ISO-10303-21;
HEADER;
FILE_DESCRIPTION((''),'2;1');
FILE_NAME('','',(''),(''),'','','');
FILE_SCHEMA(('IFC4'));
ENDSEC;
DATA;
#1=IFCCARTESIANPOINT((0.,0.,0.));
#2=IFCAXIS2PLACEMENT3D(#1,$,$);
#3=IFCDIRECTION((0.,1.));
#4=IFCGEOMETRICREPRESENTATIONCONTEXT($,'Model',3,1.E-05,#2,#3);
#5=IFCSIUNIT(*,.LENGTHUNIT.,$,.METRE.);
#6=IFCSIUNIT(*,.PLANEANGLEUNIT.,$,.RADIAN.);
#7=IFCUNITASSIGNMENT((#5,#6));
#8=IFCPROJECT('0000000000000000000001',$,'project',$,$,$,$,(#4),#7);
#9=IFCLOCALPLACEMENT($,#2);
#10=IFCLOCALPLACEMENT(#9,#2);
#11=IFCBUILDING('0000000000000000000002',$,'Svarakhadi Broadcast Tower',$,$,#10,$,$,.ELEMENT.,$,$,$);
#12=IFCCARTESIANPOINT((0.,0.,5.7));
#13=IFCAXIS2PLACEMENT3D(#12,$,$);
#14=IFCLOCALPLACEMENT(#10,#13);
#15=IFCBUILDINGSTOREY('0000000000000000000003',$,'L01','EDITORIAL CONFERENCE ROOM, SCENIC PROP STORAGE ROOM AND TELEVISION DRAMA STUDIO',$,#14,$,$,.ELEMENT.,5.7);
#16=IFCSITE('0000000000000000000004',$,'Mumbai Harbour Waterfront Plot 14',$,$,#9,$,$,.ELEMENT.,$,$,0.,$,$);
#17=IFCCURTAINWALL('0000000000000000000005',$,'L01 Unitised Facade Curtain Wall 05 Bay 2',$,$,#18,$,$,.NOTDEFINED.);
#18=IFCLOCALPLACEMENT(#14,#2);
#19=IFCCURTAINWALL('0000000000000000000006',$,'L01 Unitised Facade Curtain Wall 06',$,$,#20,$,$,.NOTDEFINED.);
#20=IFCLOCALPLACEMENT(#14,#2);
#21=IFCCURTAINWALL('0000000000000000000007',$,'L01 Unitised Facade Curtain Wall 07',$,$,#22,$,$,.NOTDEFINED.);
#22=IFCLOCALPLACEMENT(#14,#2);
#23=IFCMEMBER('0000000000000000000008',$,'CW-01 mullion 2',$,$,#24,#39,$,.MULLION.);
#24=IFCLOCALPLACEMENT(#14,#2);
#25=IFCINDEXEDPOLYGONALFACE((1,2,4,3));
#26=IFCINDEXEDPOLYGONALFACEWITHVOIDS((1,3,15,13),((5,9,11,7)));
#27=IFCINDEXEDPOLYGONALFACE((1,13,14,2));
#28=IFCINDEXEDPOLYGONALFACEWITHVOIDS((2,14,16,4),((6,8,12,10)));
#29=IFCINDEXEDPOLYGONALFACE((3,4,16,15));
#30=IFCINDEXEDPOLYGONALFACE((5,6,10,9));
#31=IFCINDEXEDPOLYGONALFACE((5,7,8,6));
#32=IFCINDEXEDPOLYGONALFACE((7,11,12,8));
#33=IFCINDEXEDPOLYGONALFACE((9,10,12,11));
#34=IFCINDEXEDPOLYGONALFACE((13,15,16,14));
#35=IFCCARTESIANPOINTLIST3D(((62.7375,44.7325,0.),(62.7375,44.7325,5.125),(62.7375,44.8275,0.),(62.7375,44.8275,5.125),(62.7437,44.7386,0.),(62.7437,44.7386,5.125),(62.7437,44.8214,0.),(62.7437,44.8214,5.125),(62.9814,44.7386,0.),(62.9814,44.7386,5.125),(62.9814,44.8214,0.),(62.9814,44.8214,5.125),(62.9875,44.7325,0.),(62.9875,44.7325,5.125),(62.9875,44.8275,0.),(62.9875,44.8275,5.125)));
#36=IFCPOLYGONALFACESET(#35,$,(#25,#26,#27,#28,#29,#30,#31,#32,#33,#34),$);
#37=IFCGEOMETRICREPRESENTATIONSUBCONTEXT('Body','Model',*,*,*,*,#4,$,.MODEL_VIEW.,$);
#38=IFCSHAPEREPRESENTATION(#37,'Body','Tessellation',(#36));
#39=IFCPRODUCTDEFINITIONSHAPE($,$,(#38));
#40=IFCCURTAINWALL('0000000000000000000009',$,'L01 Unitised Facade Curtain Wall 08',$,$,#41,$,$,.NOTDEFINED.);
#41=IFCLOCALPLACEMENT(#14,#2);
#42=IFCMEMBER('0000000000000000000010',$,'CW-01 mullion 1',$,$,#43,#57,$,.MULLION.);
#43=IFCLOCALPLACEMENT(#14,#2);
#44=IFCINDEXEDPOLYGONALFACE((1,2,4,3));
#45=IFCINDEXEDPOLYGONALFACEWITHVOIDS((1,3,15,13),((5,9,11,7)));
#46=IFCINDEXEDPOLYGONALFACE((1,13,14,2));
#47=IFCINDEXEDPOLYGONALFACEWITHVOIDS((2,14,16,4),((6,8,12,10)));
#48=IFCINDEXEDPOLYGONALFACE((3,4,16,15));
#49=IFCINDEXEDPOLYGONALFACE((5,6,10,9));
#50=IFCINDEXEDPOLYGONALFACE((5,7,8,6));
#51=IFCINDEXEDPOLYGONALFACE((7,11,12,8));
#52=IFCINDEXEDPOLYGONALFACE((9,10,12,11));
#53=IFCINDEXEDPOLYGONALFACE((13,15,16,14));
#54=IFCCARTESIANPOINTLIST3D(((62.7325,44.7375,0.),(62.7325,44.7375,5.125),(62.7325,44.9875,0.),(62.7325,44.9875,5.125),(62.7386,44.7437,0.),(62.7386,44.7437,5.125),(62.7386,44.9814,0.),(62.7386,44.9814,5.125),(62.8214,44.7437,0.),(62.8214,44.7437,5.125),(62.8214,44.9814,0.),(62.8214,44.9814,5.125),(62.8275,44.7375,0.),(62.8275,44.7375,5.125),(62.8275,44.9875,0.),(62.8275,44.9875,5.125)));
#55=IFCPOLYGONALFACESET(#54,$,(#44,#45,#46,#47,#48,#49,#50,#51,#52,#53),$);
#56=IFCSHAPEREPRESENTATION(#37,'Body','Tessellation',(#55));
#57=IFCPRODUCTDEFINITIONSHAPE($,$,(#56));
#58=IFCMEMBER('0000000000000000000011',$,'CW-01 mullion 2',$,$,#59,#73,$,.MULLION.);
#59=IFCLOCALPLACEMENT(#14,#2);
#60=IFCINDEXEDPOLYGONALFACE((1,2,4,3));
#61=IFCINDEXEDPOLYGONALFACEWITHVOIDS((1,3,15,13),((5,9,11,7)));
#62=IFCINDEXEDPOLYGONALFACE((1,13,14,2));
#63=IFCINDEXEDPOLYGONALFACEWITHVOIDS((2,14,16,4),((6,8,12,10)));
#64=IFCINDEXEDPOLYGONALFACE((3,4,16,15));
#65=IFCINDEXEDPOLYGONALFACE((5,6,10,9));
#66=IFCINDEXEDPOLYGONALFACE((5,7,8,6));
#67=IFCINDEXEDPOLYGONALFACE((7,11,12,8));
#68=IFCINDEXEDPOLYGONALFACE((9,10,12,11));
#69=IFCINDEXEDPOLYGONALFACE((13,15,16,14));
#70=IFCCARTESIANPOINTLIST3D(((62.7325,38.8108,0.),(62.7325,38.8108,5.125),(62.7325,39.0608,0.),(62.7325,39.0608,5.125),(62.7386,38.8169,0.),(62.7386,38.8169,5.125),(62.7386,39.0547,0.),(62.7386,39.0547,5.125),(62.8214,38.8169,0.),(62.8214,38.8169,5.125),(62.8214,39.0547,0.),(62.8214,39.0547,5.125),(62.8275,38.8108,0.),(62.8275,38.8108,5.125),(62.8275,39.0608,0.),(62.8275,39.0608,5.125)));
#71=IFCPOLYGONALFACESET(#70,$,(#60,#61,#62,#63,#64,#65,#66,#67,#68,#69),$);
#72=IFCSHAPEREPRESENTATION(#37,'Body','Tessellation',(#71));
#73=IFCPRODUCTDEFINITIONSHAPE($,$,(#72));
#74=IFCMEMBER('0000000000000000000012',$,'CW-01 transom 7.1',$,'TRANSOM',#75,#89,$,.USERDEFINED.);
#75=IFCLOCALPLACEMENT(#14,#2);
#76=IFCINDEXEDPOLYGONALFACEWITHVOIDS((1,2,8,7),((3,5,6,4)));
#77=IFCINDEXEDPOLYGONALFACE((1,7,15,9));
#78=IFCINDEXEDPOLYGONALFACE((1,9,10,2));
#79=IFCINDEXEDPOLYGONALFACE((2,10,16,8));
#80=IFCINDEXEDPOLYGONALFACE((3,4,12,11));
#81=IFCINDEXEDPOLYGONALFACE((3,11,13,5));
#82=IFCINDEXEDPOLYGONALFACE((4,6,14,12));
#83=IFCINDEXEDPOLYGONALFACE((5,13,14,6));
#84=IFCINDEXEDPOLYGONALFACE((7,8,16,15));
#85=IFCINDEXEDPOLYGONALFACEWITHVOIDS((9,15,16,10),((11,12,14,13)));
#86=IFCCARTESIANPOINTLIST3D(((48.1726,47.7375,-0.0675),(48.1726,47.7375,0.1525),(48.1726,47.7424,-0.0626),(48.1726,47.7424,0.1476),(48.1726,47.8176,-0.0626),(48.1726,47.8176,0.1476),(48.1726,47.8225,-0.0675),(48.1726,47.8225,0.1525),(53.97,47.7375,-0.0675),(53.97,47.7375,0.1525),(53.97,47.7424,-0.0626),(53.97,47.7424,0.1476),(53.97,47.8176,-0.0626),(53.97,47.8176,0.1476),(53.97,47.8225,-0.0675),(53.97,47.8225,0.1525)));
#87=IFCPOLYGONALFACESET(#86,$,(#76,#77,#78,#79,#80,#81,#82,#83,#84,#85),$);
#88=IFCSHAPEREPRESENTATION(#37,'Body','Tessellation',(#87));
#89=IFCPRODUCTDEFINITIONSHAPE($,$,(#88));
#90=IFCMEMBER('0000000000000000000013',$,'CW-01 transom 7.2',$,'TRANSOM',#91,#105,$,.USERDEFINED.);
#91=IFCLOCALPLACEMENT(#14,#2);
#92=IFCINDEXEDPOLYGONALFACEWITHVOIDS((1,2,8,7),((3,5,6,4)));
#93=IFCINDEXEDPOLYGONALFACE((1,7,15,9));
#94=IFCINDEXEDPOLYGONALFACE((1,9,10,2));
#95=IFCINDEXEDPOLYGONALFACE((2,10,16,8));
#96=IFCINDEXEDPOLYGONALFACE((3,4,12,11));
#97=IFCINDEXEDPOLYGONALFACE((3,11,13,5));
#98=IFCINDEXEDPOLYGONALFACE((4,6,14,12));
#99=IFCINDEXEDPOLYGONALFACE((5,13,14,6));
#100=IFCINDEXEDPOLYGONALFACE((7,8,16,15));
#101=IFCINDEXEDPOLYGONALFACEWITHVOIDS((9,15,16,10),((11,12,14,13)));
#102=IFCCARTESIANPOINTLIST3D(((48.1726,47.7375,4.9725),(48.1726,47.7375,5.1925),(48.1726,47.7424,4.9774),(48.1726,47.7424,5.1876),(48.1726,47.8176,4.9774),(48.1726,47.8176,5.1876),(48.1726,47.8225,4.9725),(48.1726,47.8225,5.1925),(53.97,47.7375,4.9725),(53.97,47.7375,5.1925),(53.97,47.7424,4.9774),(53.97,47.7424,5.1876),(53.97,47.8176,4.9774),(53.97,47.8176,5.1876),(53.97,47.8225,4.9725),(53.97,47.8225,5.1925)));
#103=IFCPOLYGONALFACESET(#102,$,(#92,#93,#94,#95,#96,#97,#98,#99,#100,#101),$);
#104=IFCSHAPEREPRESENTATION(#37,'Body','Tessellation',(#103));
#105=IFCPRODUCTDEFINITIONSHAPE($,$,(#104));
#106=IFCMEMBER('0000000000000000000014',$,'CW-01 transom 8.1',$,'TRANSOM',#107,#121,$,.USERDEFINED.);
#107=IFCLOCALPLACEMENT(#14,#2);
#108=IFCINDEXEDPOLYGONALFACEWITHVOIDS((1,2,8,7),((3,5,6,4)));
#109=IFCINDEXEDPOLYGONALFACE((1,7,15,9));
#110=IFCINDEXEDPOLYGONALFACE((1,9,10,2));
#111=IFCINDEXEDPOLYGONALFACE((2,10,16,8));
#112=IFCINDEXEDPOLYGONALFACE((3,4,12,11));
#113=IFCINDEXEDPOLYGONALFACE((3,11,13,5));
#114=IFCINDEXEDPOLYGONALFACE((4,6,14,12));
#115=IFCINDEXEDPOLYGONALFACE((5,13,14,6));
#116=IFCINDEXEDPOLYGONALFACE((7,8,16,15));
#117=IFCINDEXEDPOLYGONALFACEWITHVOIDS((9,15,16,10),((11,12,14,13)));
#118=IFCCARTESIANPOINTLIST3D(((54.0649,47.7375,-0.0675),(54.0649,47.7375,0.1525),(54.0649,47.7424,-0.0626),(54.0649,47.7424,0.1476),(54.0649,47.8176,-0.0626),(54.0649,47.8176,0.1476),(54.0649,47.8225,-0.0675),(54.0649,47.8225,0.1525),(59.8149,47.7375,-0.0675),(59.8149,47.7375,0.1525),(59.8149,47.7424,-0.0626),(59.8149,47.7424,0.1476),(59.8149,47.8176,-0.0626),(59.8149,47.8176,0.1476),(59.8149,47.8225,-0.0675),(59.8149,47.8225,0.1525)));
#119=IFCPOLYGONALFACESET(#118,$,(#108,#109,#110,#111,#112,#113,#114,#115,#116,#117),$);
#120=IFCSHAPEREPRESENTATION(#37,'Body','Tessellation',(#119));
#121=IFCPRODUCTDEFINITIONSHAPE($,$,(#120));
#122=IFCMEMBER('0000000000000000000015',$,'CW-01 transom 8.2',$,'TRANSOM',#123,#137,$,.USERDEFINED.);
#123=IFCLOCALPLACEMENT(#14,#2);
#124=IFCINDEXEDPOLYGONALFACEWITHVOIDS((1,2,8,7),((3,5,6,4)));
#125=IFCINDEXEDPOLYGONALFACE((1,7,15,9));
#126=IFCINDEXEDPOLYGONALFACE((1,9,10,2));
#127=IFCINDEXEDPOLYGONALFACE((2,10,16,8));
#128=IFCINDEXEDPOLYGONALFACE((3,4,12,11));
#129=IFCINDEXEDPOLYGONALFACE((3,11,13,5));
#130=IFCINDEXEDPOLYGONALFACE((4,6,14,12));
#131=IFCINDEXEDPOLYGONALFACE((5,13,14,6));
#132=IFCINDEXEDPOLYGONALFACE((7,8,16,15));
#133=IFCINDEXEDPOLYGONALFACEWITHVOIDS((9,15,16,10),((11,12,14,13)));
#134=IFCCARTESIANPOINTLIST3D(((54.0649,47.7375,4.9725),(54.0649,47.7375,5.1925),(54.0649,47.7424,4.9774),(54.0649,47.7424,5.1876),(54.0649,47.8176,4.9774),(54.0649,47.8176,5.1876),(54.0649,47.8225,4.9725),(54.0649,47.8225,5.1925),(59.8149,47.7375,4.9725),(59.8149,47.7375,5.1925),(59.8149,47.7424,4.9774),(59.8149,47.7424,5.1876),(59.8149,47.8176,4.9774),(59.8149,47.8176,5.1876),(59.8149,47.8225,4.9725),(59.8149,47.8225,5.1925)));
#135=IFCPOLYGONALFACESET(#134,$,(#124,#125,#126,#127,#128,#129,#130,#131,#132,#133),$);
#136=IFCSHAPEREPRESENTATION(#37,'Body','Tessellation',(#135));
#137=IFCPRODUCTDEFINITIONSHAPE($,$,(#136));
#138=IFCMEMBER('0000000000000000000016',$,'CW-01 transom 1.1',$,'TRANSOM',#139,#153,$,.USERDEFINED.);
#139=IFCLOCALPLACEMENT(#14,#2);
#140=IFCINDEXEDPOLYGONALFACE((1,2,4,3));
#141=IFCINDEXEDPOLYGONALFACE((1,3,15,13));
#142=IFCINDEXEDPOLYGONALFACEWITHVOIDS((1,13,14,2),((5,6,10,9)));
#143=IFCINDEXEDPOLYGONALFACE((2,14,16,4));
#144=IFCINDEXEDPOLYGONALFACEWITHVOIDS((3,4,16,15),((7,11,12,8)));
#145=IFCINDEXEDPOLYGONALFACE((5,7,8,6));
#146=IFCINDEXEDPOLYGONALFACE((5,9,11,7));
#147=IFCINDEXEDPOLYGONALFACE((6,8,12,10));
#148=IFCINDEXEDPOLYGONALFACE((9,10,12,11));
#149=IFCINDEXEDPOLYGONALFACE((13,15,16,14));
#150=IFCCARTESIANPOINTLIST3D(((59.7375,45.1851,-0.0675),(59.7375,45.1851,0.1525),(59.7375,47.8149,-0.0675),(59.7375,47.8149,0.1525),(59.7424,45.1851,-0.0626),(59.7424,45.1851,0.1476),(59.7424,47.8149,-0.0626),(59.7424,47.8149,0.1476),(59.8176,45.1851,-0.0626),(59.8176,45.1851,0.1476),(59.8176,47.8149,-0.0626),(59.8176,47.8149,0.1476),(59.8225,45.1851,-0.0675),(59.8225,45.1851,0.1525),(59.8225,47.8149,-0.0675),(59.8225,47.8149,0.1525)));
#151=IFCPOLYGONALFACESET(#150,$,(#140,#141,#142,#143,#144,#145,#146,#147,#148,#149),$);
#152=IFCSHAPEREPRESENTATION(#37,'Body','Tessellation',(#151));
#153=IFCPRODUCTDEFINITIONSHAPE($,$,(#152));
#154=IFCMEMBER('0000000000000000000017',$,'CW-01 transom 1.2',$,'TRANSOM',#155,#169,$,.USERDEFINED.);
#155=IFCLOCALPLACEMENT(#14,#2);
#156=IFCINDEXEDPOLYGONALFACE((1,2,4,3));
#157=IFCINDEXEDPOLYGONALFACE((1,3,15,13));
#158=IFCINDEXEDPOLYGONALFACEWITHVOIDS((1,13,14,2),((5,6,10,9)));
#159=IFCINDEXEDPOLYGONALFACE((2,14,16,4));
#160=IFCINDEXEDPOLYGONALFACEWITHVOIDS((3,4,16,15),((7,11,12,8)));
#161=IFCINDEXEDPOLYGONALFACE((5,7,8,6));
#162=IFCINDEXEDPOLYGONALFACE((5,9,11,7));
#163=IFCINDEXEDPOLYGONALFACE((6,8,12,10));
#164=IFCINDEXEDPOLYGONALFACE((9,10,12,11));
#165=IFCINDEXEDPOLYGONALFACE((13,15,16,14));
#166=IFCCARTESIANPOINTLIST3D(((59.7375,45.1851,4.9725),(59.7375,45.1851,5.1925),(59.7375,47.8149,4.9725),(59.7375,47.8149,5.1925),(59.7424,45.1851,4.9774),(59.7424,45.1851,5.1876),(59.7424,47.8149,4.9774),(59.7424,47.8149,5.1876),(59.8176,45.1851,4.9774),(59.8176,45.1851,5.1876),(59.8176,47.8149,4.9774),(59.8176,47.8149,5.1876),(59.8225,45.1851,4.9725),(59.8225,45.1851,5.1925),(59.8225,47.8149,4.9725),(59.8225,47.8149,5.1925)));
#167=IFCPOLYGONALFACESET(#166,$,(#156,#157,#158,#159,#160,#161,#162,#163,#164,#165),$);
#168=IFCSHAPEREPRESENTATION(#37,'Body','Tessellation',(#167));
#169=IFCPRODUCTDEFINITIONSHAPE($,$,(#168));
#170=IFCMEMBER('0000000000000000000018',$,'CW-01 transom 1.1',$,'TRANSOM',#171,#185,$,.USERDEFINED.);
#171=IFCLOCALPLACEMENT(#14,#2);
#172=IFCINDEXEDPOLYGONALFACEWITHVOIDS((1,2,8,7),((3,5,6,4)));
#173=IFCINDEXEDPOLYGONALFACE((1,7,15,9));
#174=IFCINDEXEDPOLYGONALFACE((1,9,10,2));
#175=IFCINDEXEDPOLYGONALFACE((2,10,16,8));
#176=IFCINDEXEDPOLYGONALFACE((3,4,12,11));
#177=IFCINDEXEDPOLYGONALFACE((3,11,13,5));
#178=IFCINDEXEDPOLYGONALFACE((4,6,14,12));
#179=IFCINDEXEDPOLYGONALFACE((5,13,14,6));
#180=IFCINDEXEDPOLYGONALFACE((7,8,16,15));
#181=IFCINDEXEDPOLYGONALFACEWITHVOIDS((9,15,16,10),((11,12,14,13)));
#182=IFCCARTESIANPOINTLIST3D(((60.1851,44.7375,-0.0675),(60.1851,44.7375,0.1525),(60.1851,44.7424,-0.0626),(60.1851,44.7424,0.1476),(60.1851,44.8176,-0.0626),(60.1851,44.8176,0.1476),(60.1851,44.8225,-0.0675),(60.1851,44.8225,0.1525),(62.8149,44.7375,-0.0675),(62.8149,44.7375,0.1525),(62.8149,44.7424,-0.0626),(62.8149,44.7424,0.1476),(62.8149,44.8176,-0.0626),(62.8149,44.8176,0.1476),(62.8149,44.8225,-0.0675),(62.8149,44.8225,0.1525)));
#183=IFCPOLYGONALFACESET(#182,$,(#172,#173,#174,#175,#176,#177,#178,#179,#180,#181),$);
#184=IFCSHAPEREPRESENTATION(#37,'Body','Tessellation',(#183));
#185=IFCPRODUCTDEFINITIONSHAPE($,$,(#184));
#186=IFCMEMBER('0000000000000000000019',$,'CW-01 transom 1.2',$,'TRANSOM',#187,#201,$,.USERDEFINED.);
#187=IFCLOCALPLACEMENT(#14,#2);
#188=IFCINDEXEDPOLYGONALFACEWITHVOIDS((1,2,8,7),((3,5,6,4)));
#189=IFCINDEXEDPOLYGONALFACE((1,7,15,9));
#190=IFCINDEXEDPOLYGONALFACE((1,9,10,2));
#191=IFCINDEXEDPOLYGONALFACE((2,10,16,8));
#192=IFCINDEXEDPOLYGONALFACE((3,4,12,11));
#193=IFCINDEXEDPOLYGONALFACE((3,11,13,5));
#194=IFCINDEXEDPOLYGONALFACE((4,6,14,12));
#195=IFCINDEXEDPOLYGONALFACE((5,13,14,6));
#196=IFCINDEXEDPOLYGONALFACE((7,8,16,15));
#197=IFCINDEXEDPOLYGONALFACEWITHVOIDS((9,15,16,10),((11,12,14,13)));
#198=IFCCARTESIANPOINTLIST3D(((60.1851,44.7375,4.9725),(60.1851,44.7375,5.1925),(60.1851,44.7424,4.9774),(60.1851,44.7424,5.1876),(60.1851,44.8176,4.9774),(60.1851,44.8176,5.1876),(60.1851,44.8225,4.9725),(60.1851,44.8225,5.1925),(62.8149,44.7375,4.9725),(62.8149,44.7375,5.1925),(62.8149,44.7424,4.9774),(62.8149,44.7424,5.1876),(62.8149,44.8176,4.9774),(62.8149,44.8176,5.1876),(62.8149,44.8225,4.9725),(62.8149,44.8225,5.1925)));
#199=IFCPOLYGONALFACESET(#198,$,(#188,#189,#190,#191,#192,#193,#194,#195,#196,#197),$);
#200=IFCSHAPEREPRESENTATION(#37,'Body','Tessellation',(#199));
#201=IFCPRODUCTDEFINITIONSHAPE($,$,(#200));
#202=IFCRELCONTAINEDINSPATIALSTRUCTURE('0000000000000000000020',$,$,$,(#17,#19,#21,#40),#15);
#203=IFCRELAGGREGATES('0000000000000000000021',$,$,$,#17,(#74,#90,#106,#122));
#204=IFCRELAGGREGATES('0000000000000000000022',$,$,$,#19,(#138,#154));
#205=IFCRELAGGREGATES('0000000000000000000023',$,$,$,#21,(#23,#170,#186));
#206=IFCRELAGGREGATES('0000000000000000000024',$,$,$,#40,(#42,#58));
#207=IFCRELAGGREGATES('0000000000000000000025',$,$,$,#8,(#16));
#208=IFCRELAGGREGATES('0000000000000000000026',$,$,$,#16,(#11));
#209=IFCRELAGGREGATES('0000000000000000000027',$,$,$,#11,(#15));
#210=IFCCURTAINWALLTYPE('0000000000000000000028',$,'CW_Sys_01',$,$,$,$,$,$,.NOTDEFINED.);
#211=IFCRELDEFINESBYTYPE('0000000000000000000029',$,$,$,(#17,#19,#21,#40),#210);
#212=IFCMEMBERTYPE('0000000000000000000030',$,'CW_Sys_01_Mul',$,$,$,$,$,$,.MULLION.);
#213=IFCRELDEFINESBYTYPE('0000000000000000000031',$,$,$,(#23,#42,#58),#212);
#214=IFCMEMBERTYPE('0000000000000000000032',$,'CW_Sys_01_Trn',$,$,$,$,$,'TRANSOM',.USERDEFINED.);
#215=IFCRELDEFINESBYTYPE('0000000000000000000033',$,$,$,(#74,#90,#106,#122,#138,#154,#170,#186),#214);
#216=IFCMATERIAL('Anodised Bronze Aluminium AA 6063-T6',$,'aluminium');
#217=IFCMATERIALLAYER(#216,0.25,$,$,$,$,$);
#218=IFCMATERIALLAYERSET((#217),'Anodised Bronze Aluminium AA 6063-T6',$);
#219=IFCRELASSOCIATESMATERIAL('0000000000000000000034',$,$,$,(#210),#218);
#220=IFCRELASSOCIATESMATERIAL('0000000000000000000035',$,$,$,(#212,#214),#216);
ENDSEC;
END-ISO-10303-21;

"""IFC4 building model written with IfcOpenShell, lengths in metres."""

from ifc_helpers import new_model, si_unit, direction, frame, origin, origin_2d, place, context, subcontext, project, spatial, hollow_rectangle, extrude, material, layer, layer_set, material_profile, profile_set, type_object, element, aggregate, save


model = new_model("IFC4")

# Units and contexts
model_context = context("Model", 3, precision=1e-05, world=origin(), true_north=direction((0.0, 1.0)))
body_context = subcontext(model_context, "Body", "Model", "MODEL_VIEW")
ifc_project = project(units=[si_unit("LENGTHUNIT", "METRE"), si_unit("PLANEANGLEUNIT", "RADIAN")], contexts=[model_context])

# Site, building, storey
site_placement = place(None, origin())
site = spatial("IfcSite", under=ifc_project, at=site_placement, Name="Mumbai Harbour Waterfront Plot 14", CompositionType="ELEMENT", RefElevation=0.0)
building_placement = place(site_placement, origin())
building = spatial("IfcBuilding", under=site, at=building_placement, Name="Svarakhadi Broadcast Tower", CompositionType="ELEMENT")
storey_placement = place(building_placement, frame((0.0, 0.0, 5.7)))
storey = spatial("IfcBuildingStorey", under=building, at=storey_placement, Name="L01", Description="EDITORIAL CONFERENCE ROOM, SCENIC PROP STORAGE ROOM AND TELEVISION DRAMA STUDIO", CompositionType="ELEMENT", Elevation=5.7)

# Curtain walls, members
ifc_material_1 = material(Name="Anodised Bronze Aluminium AA 6063-T6", Category="aluminium")
ifc_layer_1 = layer(ifc_material_1, 0.25)
ifc_layer_set_1 = layer_set([ifc_layer_1], Name="Anodised Bronze Aluminium AA 6063-T6")
curtain_wall_type = type_object("IfcCurtainWallType", Name="CW_Sys_01", PredefinedType="NOTDEFINED", material=ifc_layer_set_1)
curtain_wall_1_placement = place(storey_placement, origin())
curtain_wall_1 = element("IfcCurtainWall", 1, at=curtain_wall_1_placement, inside=storey, type_object=curtain_wall_type, Name="L01 Unitised Facade Curtain Wall 05 Bay 2", PredefinedType="NOTDEFINED")
ifc_material_profile_1 = material_profile(ifc_material_1, hollow_rectangle(XDim=0.095, YDim=0.25, WallThickness=0.0061, at=origin_2d()), Name="ALU MULLION 250x95x6")
ifc_profile_set_1 = profile_set([ifc_material_profile_1], Name="Anodised Bronze Aluminium AA 6063-T6")
member_type_1 = type_object("IfcMemberType", Name="CW_Sys_01_Mul", PredefinedType="MULLION", material=ifc_profile_set_1)
curtain_wall_2_placement = place(storey_placement, origin())
curtain_wall_2 = element("IfcCurtainWall", 2, at=curtain_wall_2_placement, inside=storey, type_object=curtain_wall_type, Name="L01 Unitised Facade Curtain Wall 06", PredefinedType="NOTDEFINED")
curtain_wall_3_placement = place(storey_placement, origin())
curtain_wall_3 = element("IfcCurtainWall", 3, at=curtain_wall_3_placement, inside=storey, type_object=curtain_wall_type, Name="L01 Unitised Facade Curtain Wall 07", PredefinedType="NOTDEFINED")
member_1_placement = place(storey_placement, frame((62.8625, 44.78, 0.0), z_axis=(0.0, 0.0, 1.0), x_axis=(0.0, 1.0, 0.0)))
member_1 = element("IfcMember", 4, at=member_1_placement, type_object=member_type_1, Name="CW-01 mullion 2", PredefinedType="MULLION", context=body_context, shape_type="SweptSolid", body=[
    extrude(hollow_rectangle(XDim=0.095, YDim=0.25, WallThickness=0.0061, at=origin_2d()), origin(), (0.0, 0.0, 1.0), 5.125),
])
curtain_wall_4_placement = place(storey_placement, origin())
curtain_wall_4 = element("IfcCurtainWall", 5, at=curtain_wall_4_placement, inside=storey, type_object=curtain_wall_type, Name="L01 Unitised Facade Curtain Wall 08", PredefinedType="NOTDEFINED")
member_2_placement = place(storey_placement, frame((62.78, 44.8625, 0.0), z_axis=(0.0, 0.0, 1.0), x_axis=(1.0, 0.0, 0.0)))
member_2 = element("IfcMember", 6, at=member_2_placement, type_object=member_type_1, Name="CW-01 mullion 1", PredefinedType="MULLION", context=body_context, shape_type="SweptSolid", body=[
    extrude(hollow_rectangle(XDim=0.095, YDim=0.25, WallThickness=0.0061, at=origin_2d()), origin(), (0.0, 0.0, 1.0), 5.125),
])
member_3_placement = place(storey_placement, frame((62.78, 38.9358, 0.0), z_axis=(0.0, 0.0, 1.0), x_axis=(1.0, 0.0, 0.0)))
member_3 = element("IfcMember", 7, at=member_3_placement, type_object=member_type_1, Name="CW-01 mullion 2", PredefinedType="MULLION", context=body_context, shape_type="SweptSolid", body=[
    extrude(hollow_rectangle(XDim=0.095, YDim=0.25, WallThickness=0.0061, at=origin_2d()), origin(), (0.0, 0.0, 1.0), 5.125),
])

# Members
ifc_material_profile_2 = material_profile(ifc_material_1, hollow_rectangle(XDim=0.085, YDim=0.22, WallThickness=0.0049, at=origin_2d()), Name="ALU TRANSOM 220x85x5")
ifc_profile_set_2 = profile_set([ifc_material_profile_2], Name="Anodised Bronze Aluminium AA 6063-T6")
member_type_2 = type_object("IfcMemberType", Name="CW_Sys_01_Trn", ElementType="TRANSOM", PredefinedType="USERDEFINED", material=ifc_profile_set_2)
member_4_placement = place(storey_placement, frame((48.1726, 47.78, 0.0425), z_axis=(1.0, 0.0, 0.0), x_axis=(0.0, 1.0, 0.0)))
member_4 = element("IfcMember", 8, at=member_4_placement, type_object=member_type_2, Name="CW-01 transom 7.1", ObjectType="TRANSOM", PredefinedType="USERDEFINED", context=body_context, shape_type="SweptSolid", body=[
    extrude(hollow_rectangle(XDim=0.085, YDim=0.22, WallThickness=0.0049, at=origin_2d()), origin(), (0.0, 0.0, 1.0), 5.7974),
])
member_5_placement = place(storey_placement, frame((48.1726, 47.78, 5.0825), z_axis=(1.0, 0.0, 0.0), x_axis=(0.0, 1.0, 0.0)))
member_5 = element("IfcMember", 9, at=member_5_placement, type_object=member_type_2, Name="CW-01 transom 7.2", ObjectType="TRANSOM", PredefinedType="USERDEFINED", context=body_context, shape_type="SweptSolid", body=[
    extrude(hollow_rectangle(XDim=0.085, YDim=0.22, WallThickness=0.0049, at=origin_2d()), origin(), (0.0, 0.0, 1.0), 5.7974),
])
member_6_placement = place(storey_placement, frame((54.0649, 47.78, 0.0425), z_axis=(1.0, 0.0, 0.0), x_axis=(0.0, 1.0, 0.0)))
member_6 = element("IfcMember", 10, at=member_6_placement, type_object=member_type_2, Name="CW-01 transom 8.1", ObjectType="TRANSOM", PredefinedType="USERDEFINED", context=body_context, shape_type="SweptSolid", body=[
    extrude(hollow_rectangle(XDim=0.085, YDim=0.22, WallThickness=0.0049, at=origin_2d()), origin(), (0.0, 0.0, 1.0), 5.75),
])
member_7_placement = place(storey_placement, frame((54.0649, 47.78, 5.0825), z_axis=(1.0, 0.0, 0.0), x_axis=(0.0, 1.0, 0.0)))
member_7 = element("IfcMember", 11, at=member_7_placement, type_object=member_type_2, Name="CW-01 transom 8.2", ObjectType="TRANSOM", PredefinedType="USERDEFINED", context=body_context, shape_type="SweptSolid", body=[
    extrude(hollow_rectangle(XDim=0.085, YDim=0.22, WallThickness=0.0049, at=origin_2d()), origin(), (0.0, 0.0, 1.0), 5.75),
])
member_8_placement = place(storey_placement, frame((59.78, 47.8149, 0.0425), z_axis=(0.0, -1.0, 0.0), x_axis=(1.0, 0.0, 0.0)))
member_8 = element("IfcMember", 12, at=member_8_placement, type_object=member_type_2, Name="CW-01 transom 1.1", ObjectType="TRANSOM", PredefinedType="USERDEFINED", context=body_context, shape_type="SweptSolid", body=[
    extrude(hollow_rectangle(XDim=0.085, YDim=0.22, WallThickness=0.0049, at=origin_2d()), origin(), (0.0, 0.0, 1.0), 2.6299),
])
member_9_placement = place(storey_placement, frame((59.78, 47.8149, 5.0825), z_axis=(0.0, -1.0, 0.0), x_axis=(1.0, 0.0, 0.0)))
member_9 = element("IfcMember", 13, at=member_9_placement, type_object=member_type_2, Name="CW-01 transom 1.2", ObjectType="TRANSOM", PredefinedType="USERDEFINED", context=body_context, shape_type="SweptSolid", body=[
    extrude(hollow_rectangle(XDim=0.085, YDim=0.22, WallThickness=0.0049, at=origin_2d()), origin(), (0.0, 0.0, 1.0), 2.6299),
])
member_10_placement = place(storey_placement, frame((60.1851, 44.78, 0.0425), z_axis=(1.0, 0.0, 0.0), x_axis=(0.0, 1.0, 0.0)))
member_10 = element("IfcMember", 14, at=member_10_placement, type_object=member_type_2, Name="CW-01 transom 1.1", ObjectType="TRANSOM", PredefinedType="USERDEFINED", context=body_context, shape_type="SweptSolid", body=[
    extrude(hollow_rectangle(XDim=0.085, YDim=0.22, WallThickness=0.0049, at=origin_2d()), origin(), (0.0, 0.0, 1.0), 2.6299),
])
member_11_placement = place(storey_placement, frame((60.1851, 44.78, 5.0825), z_axis=(1.0, 0.0, 0.0), x_axis=(0.0, 1.0, 0.0)))
member_11 = element("IfcMember", 15, at=member_11_placement, type_object=member_type_2, Name="CW-01 transom 1.2", ObjectType="TRANSOM", PredefinedType="USERDEFINED", context=body_context, shape_type="SweptSolid", body=[
    extrude(hollow_rectangle(XDim=0.085, YDim=0.22, WallThickness=0.0049, at=origin_2d()), origin(), (0.0, 0.0, 1.0), 2.6299),
])

aggregate(curtain_wall_1, [member_4, member_5, member_6, member_7])
aggregate(curtain_wall_2, [member_8, member_9])
aggregate(curtain_wall_3, [member_1, member_10, member_11])
aggregate(curtain_wall_4, [member_2, member_3])

save(model, "model.ifc")
